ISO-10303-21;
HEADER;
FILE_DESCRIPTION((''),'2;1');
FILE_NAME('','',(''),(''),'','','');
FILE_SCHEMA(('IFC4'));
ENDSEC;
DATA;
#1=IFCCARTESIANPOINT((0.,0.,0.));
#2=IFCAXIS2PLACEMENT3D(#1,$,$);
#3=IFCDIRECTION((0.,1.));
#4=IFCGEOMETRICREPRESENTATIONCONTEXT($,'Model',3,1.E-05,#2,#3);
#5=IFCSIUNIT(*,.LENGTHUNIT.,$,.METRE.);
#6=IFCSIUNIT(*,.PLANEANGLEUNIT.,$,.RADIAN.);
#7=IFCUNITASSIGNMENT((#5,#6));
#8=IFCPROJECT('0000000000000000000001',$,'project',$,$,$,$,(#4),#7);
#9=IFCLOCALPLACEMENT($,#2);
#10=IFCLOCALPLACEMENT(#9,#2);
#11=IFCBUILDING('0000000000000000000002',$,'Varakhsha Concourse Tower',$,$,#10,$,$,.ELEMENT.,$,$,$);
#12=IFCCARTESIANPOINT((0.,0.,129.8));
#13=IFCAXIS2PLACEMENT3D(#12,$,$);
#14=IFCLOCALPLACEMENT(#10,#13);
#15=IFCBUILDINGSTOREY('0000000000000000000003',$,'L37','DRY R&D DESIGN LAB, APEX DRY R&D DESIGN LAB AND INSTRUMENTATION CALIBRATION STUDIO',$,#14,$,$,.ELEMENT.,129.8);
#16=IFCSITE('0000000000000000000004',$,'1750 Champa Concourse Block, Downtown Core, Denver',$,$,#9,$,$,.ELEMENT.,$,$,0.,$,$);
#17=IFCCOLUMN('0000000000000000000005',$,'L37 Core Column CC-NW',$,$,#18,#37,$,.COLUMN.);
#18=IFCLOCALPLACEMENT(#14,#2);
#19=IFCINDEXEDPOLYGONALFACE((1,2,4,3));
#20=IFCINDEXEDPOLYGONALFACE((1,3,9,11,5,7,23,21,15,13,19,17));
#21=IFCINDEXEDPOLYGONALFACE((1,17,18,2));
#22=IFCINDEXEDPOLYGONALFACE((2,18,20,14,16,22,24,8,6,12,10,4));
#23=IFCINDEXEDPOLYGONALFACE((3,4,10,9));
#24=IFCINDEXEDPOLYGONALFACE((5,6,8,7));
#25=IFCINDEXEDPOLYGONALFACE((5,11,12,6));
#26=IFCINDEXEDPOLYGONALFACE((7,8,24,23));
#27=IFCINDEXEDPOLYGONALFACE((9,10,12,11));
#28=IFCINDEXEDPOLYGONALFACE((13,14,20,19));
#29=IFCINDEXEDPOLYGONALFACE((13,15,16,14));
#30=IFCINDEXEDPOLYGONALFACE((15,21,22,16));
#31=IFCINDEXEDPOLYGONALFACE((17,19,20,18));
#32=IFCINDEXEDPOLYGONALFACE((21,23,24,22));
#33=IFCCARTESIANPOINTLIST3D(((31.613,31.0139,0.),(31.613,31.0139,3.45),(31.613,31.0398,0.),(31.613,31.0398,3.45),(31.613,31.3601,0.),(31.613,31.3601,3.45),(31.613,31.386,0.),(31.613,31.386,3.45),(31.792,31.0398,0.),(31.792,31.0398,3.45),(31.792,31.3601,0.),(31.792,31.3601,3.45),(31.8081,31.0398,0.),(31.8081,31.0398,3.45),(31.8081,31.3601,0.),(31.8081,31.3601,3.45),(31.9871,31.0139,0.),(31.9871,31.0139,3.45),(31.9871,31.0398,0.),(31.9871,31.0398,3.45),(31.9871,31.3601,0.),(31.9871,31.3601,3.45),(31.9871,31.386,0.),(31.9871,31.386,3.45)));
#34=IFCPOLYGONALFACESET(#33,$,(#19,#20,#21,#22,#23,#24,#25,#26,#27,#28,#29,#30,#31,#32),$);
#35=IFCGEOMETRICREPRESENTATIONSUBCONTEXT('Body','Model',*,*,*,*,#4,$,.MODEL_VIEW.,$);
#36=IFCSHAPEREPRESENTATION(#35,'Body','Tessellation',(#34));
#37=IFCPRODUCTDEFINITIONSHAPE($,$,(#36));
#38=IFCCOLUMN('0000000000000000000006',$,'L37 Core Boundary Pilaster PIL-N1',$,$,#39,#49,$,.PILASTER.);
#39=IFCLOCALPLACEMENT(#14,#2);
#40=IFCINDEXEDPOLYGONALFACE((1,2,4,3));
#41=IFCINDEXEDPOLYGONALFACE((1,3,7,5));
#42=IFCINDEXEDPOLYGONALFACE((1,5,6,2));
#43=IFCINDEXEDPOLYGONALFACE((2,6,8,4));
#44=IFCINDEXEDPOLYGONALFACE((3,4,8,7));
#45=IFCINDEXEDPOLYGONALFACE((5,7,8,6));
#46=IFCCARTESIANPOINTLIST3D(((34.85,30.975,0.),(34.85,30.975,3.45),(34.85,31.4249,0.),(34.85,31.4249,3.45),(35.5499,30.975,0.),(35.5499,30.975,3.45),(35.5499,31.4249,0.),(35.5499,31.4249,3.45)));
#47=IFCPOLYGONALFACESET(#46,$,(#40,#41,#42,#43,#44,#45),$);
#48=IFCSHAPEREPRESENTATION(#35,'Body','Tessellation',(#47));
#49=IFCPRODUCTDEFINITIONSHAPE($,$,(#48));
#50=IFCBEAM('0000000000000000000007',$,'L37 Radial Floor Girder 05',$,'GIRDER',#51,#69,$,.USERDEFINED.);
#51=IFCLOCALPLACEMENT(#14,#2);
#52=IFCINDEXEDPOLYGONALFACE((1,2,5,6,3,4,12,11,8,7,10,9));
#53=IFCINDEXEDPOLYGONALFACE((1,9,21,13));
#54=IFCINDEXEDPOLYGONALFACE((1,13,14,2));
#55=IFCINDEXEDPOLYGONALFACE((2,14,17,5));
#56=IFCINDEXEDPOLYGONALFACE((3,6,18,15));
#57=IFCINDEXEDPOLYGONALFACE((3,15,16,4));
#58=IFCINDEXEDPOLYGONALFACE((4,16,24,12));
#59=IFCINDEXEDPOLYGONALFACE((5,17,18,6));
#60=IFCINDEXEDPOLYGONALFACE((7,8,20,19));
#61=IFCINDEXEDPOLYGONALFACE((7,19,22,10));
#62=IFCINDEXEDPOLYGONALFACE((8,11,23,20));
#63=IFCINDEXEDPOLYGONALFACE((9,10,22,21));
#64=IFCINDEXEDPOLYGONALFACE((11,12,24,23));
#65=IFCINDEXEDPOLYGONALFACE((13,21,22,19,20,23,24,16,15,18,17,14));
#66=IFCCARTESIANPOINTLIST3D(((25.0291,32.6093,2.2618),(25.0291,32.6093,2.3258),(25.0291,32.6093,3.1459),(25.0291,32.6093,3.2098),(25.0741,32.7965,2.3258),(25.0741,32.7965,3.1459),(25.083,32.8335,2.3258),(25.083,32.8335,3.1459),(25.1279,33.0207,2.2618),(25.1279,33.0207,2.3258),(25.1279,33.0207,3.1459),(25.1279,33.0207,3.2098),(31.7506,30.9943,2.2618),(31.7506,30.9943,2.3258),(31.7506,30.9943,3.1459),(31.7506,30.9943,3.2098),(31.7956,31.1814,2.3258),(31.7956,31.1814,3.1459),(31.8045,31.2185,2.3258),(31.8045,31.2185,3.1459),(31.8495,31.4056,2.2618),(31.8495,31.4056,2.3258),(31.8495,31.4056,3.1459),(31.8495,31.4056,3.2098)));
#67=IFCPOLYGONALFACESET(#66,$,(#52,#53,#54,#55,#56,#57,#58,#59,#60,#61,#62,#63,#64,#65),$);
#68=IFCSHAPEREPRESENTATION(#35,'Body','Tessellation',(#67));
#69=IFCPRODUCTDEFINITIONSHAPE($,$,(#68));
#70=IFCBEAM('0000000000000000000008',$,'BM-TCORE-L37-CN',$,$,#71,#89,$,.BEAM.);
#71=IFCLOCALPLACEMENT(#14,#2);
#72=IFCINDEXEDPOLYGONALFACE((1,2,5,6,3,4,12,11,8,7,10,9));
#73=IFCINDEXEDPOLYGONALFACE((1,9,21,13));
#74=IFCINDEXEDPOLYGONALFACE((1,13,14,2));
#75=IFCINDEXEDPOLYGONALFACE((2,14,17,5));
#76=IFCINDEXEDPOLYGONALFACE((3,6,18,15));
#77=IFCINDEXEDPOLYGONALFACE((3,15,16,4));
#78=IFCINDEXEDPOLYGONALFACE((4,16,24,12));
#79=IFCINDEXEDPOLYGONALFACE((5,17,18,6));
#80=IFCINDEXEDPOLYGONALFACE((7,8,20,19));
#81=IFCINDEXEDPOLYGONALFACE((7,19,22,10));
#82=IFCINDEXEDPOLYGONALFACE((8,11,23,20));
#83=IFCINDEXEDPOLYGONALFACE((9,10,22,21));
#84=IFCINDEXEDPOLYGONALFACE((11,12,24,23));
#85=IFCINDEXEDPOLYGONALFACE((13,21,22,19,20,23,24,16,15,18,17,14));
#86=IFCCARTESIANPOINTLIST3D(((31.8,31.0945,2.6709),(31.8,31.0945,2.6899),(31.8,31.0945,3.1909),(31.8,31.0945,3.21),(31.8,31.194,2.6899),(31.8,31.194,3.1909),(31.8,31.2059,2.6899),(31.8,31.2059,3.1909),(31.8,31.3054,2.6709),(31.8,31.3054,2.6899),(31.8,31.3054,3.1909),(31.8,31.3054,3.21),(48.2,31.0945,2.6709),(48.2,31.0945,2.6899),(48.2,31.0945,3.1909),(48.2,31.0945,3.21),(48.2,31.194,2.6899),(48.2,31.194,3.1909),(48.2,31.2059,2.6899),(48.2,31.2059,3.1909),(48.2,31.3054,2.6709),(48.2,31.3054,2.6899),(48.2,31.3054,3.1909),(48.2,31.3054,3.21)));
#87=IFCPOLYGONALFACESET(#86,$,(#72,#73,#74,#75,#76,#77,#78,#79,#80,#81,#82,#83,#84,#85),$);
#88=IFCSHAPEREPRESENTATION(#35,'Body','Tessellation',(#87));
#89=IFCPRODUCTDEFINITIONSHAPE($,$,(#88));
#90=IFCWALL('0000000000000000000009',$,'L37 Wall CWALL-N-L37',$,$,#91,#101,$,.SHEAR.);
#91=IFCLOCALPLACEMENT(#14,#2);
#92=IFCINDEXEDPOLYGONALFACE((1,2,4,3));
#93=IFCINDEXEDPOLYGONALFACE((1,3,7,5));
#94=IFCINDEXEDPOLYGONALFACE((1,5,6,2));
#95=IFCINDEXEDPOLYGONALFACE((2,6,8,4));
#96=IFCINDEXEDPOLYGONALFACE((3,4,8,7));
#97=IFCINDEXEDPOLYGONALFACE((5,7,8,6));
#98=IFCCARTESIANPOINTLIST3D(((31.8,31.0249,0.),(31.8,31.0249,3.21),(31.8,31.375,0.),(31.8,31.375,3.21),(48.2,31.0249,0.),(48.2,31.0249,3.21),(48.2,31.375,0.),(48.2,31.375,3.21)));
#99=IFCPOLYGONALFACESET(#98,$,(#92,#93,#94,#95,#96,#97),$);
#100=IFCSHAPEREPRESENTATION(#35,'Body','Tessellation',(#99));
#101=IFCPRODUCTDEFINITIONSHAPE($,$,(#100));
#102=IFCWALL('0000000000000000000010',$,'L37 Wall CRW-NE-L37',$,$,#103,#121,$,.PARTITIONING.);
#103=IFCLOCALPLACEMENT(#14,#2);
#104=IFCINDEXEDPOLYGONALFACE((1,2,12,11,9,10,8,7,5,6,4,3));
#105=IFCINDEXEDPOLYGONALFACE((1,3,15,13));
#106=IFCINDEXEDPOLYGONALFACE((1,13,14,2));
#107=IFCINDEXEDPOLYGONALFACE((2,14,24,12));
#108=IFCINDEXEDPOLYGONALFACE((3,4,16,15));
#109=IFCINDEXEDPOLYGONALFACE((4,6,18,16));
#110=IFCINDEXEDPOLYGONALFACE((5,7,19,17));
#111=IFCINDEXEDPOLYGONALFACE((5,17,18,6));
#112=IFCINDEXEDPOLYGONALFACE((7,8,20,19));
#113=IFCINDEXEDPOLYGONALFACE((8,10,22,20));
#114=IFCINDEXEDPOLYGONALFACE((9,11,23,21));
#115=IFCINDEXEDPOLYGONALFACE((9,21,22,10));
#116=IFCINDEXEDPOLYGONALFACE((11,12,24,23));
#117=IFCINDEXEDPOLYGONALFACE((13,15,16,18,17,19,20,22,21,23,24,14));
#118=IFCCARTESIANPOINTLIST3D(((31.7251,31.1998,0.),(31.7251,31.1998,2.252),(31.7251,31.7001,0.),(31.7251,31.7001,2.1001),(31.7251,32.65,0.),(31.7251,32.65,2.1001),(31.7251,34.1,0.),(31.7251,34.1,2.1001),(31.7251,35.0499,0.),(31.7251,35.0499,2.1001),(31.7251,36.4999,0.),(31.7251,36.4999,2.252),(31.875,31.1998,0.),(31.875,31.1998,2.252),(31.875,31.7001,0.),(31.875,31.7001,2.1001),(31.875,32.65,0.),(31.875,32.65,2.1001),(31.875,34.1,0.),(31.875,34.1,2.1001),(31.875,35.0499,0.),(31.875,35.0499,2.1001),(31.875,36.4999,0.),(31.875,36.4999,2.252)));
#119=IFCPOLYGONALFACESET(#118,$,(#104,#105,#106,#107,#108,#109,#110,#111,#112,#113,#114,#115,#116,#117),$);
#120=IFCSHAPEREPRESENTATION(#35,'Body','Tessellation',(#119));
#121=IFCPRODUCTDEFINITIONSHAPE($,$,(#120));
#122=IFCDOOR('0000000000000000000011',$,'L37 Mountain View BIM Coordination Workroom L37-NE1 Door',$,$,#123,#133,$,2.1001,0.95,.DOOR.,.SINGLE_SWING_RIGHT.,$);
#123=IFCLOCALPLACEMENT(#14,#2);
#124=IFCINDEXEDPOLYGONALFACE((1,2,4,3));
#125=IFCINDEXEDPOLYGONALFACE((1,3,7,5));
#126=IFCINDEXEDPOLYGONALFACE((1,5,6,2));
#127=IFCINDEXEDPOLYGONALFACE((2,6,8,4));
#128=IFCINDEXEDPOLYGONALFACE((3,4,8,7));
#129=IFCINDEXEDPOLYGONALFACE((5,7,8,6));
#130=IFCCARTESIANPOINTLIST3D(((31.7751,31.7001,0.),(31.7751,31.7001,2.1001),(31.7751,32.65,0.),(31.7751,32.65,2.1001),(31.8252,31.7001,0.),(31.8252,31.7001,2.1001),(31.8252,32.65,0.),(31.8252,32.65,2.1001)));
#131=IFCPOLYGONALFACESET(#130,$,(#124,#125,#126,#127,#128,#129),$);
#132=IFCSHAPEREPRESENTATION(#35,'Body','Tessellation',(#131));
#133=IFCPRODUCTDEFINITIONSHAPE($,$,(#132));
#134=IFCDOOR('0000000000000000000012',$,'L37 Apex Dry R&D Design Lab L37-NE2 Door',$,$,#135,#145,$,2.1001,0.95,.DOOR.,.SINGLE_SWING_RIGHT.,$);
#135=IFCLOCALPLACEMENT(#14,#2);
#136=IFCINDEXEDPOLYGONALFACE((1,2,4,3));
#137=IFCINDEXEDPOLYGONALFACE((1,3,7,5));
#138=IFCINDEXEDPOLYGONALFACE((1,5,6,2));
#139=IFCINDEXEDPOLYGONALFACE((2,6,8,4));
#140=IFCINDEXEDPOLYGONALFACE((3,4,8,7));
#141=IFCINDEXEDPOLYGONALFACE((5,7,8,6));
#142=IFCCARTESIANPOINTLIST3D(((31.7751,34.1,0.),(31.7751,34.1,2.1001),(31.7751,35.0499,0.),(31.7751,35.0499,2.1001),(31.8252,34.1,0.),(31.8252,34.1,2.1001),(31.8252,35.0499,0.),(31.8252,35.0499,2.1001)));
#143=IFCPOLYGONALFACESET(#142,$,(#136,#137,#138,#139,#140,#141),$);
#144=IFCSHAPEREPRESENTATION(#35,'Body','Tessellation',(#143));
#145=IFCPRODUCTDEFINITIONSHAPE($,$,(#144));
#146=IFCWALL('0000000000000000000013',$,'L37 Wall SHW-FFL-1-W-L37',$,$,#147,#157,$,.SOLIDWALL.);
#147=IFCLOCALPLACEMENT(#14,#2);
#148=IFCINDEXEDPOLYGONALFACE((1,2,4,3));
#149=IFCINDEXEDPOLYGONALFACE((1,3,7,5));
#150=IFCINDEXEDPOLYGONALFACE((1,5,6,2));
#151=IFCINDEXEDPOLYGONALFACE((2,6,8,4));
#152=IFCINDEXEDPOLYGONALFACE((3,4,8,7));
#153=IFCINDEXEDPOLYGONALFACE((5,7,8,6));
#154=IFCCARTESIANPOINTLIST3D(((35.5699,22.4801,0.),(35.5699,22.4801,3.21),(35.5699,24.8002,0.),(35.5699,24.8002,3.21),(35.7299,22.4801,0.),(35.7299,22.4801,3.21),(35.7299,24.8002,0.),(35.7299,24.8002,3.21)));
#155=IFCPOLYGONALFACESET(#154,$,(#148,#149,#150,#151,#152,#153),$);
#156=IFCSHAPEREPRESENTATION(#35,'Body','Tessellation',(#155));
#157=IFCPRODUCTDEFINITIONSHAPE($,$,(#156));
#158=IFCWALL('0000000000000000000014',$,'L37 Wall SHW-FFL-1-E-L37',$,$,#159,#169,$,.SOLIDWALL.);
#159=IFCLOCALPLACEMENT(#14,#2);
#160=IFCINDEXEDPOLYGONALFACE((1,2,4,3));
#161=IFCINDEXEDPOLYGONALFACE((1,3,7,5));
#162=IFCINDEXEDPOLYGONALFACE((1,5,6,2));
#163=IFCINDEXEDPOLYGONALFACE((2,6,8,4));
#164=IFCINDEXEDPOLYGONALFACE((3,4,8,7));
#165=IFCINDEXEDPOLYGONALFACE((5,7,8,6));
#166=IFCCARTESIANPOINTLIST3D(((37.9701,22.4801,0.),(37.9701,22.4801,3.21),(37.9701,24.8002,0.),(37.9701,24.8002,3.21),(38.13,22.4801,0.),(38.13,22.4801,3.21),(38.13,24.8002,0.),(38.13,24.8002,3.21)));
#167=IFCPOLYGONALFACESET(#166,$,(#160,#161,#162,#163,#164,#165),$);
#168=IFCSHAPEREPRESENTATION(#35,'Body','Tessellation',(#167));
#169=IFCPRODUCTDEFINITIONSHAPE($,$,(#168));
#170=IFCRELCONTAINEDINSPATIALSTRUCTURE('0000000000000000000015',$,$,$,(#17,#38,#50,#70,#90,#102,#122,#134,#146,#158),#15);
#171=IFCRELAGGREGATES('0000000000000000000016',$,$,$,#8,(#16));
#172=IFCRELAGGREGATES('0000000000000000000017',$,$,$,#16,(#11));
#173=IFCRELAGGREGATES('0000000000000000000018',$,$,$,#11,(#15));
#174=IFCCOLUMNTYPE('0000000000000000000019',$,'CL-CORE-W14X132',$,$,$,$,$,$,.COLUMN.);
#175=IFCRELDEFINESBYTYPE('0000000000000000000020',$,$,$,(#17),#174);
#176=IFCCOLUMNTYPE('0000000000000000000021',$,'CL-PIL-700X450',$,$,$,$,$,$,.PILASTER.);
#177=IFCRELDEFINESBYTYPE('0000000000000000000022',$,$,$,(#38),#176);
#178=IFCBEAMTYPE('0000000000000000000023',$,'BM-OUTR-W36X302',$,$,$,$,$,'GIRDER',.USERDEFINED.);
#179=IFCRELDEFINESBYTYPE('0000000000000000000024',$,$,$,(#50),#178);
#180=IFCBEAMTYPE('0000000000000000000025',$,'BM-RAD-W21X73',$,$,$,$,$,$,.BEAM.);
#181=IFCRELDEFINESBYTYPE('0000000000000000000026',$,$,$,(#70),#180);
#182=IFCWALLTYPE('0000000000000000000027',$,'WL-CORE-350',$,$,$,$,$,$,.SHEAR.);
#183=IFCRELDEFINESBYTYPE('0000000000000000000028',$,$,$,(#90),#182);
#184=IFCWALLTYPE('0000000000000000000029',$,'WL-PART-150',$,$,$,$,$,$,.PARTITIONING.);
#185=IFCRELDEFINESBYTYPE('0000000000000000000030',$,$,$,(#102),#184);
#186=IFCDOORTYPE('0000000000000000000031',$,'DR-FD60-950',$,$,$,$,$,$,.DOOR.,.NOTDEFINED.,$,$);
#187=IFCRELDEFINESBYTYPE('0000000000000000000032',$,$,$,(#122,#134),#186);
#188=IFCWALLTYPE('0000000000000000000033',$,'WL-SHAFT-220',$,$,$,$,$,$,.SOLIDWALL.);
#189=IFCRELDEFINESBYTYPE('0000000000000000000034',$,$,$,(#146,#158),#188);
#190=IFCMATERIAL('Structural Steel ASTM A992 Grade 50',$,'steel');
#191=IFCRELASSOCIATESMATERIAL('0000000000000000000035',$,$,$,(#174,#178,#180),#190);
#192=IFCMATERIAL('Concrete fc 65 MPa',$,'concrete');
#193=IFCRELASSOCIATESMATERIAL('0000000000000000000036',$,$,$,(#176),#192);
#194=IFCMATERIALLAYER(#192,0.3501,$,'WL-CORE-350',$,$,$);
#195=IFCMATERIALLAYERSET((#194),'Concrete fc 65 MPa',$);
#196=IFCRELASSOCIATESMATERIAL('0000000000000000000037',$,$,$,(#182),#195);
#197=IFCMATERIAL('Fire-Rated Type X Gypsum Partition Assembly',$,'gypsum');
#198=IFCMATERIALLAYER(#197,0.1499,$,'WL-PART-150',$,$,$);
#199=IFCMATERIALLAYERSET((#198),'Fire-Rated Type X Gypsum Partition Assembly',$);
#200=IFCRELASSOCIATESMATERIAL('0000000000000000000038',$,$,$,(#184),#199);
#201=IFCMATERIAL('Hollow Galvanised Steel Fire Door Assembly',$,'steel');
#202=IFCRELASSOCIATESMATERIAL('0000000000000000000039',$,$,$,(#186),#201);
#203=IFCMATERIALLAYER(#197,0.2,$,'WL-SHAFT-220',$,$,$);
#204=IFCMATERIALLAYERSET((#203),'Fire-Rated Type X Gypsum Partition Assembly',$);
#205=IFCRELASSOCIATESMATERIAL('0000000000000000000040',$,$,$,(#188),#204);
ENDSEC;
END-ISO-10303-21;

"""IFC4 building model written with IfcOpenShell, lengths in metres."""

from ifc_helpers import new_model, si_unit, direction, frame, frame_2d, origin, origin_2d, place, context, subcontext, project, spatial, rectangle, i_section, extrude, material, layer, layer_set, material_profile, profile_set, type_object, element, fill, save


model = new_model("IFC4")

# Units and contexts
model_context = context("Model", 3, precision=1e-05, world=origin(), true_north=direction((0.0, 1.0)))
body_context = subcontext(model_context, "Body", "Model", "MODEL_VIEW")
ifc_project = project(units=[si_unit("LENGTHUNIT", "METRE"), si_unit("PLANEANGLEUNIT", "RADIAN")], contexts=[model_context])

# Site, building, storey
site_placement = place(None, origin())
site = spatial("IfcSite", under=ifc_project, at=site_placement, Name="1750 Champa Concourse Block, Downtown Core, Denver", CompositionType="ELEMENT", RefElevation=0.0)
building_placement = place(site_placement, origin())
building = spatial("IfcBuilding", under=site, at=building_placement, Name="Varakhsha Concourse Tower", CompositionType="ELEMENT")
storey_placement = place(building_placement, frame((0.0, 0.0, 129.8)))
storey = spatial("IfcBuildingStorey", under=building, at=storey_placement, Name="L37", Description="DRY R&D DESIGN LAB, APEX DRY R&D DESIGN LAB AND INSTRUMENTATION CALIBRATION STUDIO", CompositionType="ELEMENT", Elevation=129.8)

# Columns
ifc_material_1 = material(Name="Structural Steel ASTM A992 Grade 50", Category="steel")
ifc_material_profile_1 = material_profile(ifc_material_1, i_section(OverallWidth=0.374, OverallDepth=0.3721, WebThickness=0.0161, FlangeThickness=0.0259, at=origin_2d()), Name="W14X132")
ifc_profile_set_1 = profile_set([ifc_material_profile_1], Name="Structural Steel ASTM A992 Grade 50")
column_type_1 = type_object("IfcColumnType", Name="CL-CORE-W14X132", PredefinedType="COLUMN", material=ifc_profile_set_1)
column_1_placement = place(storey_placement, frame((31.8, 31.2, 0.0), z_axis=(0.0, 0.0, 1.0), x_axis=(1.0, 0.0, 0.0)))
element("IfcColumn", 1, at=column_1_placement, inside=storey, type_object=column_type_1, Name="L37 Core Column CC-NW", PredefinedType="COLUMN", context=body_context, shape_type="SweptSolid", body=[
    extrude(i_section(OverallWidth=0.374, OverallDepth=0.3721, WebThickness=0.0161, FlangeThickness=0.0259, at=origin_2d()), origin(), (0.0, 0.0, 1.0), 3.45),
])
ifc_material_2 = material(Name="Concrete fc 65 MPa", Category="concrete")
ifc_material_profile_2 = material_profile(ifc_material_2, rectangle(XDim=0.7, YDim=0.45, at=origin_2d()), Name="RC 700x450")
ifc_profile_set_2 = profile_set([ifc_material_profile_2], Name="Concrete fc 65 MPa")
column_type_2 = type_object("IfcColumnType", Name="CL-PIL-700X450", PredefinedType="PILASTER", material=ifc_profile_set_2)
column_2_placement = place(storey_placement, frame((35.2, 31.2, 0.0), z_axis=(0.0, 0.0, 1.0), x_axis=(1.0, 0.0, 0.0)))
element("IfcColumn", 2, at=column_2_placement, inside=storey, type_object=column_type_2, Name="L37 Core Boundary Pilaster PIL-N1", PredefinedType="PILASTER", context=body_context, shape_type="SweptSolid", body=[
    extrude(rectangle(XDim=0.7, YDim=0.45, at=origin_2d()), origin(), (0.0, 0.0, 1.0), 3.45),
])

# Beams
ifc_material_profile_3 = material_profile(ifc_material_1, i_section(OverallWidth=0.4231, OverallDepth=0.948, WebThickness=0.0381, FlangeThickness=0.064, at=origin_2d()), Name="W36X302")
ifc_profile_set_3 = profile_set([ifc_material_profile_3], Name="Structural Steel ASTM A992 Grade 50")
beam_type_1 = type_object("IfcBeamType", Name="BM-OUTR-W36X302", ElementType="GIRDER", PredefinedType="USERDEFINED", material=ifc_profile_set_3)
beam_1_placement = place(storey_placement, frame((31.8, 31.2, 2.7358), z_axis=(-0.972327, 0.233625, 0.0), x_axis=(-0.233625, -0.972327, 0.0)))
element("IfcBeam", 3, at=beam_1_placement, inside=storey, type_object=beam_type_1, Name="L37 Radial Floor Girder 05", ObjectType="GIRDER", PredefinedType="USERDEFINED", context=body_context, shape_type="SweptSolid", body=[
    extrude(i_section(OverallWidth=0.4231, OverallDepth=0.948, WebThickness=0.0381, FlangeThickness=0.064, at=origin_2d()), origin(), (0.0, 0.0, 1.0), 6.9128),
])
ifc_material_profile_4 = material_profile(ifc_material_1, i_section(OverallWidth=0.2109, OverallDepth=0.5391, WebThickness=0.012, FlangeThickness=0.019, at=origin_2d()), Name="W21X73")
ifc_profile_set_4 = profile_set([ifc_material_profile_4], Name="Structural Steel ASTM A992 Grade 50")
beam_type_2 = type_object("IfcBeamType", Name="BM-RAD-W21X73", PredefinedType="BEAM", material=ifc_profile_set_4)
beam_2_placement = place(storey_placement, frame((31.8, 31.2, 2.9404), z_axis=(1.0, 0.0, 0.0), x_axis=(0.0, 1.0, 0.0)))
element("IfcBeam", 4, at=beam_2_placement, inside=storey, type_object=beam_type_2, Name="BM-TCORE-L37-CN", PredefinedType="BEAM", context=body_context, shape_type="SweptSolid", body=[
    extrude(i_section(OverallWidth=0.2109, OverallDepth=0.5391, WebThickness=0.012, FlangeThickness=0.019, at=origin_2d()), origin(), (0.0, 0.0, 1.0), 16.3999),
])

# Wall
ifc_layer_1 = layer(ifc_material_2, 0.3501, Name="WL-CORE-350")
ifc_layer_set_1 = layer_set([ifc_layer_1], Name="Concrete fc 65 MPa")
wall_type_1 = type_object("IfcWallType", Name="WL-CORE-350", PredefinedType="SHEAR", material=ifc_layer_set_1)
wall_1_placement = place(storey_placement, frame((31.8, 31.2, 0.0), z_axis=(0.0, 0.0, 1.0), x_axis=(1.0, 0.0, 0.0)))
element("IfcWall", 5, at=wall_1_placement, inside=storey, type_object=wall_type_1, Name="L37 Wall CWALL-N-L37", PredefinedType="SHEAR", context=body_context, shape_type="SweptSolid", body=[
    extrude(rectangle(XDim=16.3999, YDim=0.3501, at=frame_2d((8.2, 0.0))), origin(), (0.0, 0.0, 1.0), 3.21),
])

# Wall, openings, doors
ifc_material_3 = material(Name="Fire-Rated Type X Gypsum Partition Assembly", Category="gypsum")
ifc_layer_2 = layer(ifc_material_3, 0.1499, Name="WL-PART-150")
ifc_layer_set_2 = layer_set([ifc_layer_2], Name="Fire-Rated Type X Gypsum Partition Assembly")
wall_type_2 = type_object("IfcWallType", Name="WL-PART-150", PredefinedType="PARTITIONING", material=ifc_layer_set_2)
wall_2_placement = place(storey_placement, frame((31.8, 31.2, 0.0), z_axis=(0.0, 0.0, 1.0), x_axis=(0.0, 1.0, 0.0)))
wall_2 = element("IfcWall", 6, at=wall_2_placement, inside=storey, type_object=wall_type_2, Name="L37 Wall CRW-NE-L37", PredefinedType="PARTITIONING", context=body_context, shape_type="SweptSolid", body=[
    extrude(rectangle(XDim=5.3, YDim=0.1499, at=frame_2d((2.6499, 0.0))), origin(), (0.0, 0.0, 1.0), 2.252),
])
opening_1_placement = place(wall_2_placement, frame((0.5, 0.0, 0.0)))
opening_1 = element("IfcOpeningElement", 7, at=opening_1_placement, cuts=wall_2, PredefinedType="OPENING", context=body_context, shape_type="SweptSolid", body=[
    extrude(rectangle(XDim=0.95, YDim=2.1001, at=frame_2d((0.4751, 1.05))), frame((0.0, 0.085, 0.0), z_axis=(0.0, -1.0, 0.0), x_axis=(1.0, 0.0, 0.0)), (0.0, 0.0, 1.0), 0.1699),
])
opening_2_placement = place(wall_2_placement, frame((2.8999, 0.0, 0.0)))
opening_2 = element("IfcOpeningElement", 8, at=opening_2_placement, cuts=wall_2, PredefinedType="OPENING", context=body_context, shape_type="SweptSolid", body=[
    extrude(rectangle(XDim=0.95, YDim=2.1001, at=frame_2d((0.4751, 1.05))), frame((0.0, 0.085, 0.0), z_axis=(0.0, -1.0, 0.0), x_axis=(1.0, 0.0, 0.0)), (0.0, 0.0, 1.0), 0.1699),
])
ifc_material_4 = material(Name="Hollow Galvanised Steel Fire Door Assembly", Category="steel")
door_type_1 = type_object("IfcDoorType", Name="DR-FD60-950", OperationType="NOTDEFINED", PredefinedType="DOOR", material=ifc_material_4)
door_1_placement = place(opening_1_placement, origin())
door_1 = element("IfcDoor", 9, at=door_1_placement, inside=storey, type_object=door_type_1, Name="L37 Mountain View BIM Coordination Workroom L37-NE1 Door", OperationType="SINGLE_SWING_RIGHT", OverallHeight=2.1001, OverallWidth=0.95, PredefinedType="DOOR", context=body_context, shape_type="SweptSolid", body=[
    extrude(rectangle(XDim=0.95, YDim=2.1001, at=frame_2d((0.4751, 1.05))), frame((0.0, 0.0249, 0.0), z_axis=(0.0, -1.0, 0.0), x_axis=(1.0, 0.0, 0.0)), (0.0, 0.0, 1.0), 0.05),
])
fill(opening_1, door_1)
door_2_placement = place(opening_2_placement, origin())
door_2 = element("IfcDoor", 10, at=door_2_placement, inside=storey, type_object=door_type_1, Name="L37 Apex Dry R&D Design Lab L37-NE2 Door", OperationType="SINGLE_SWING_RIGHT", OverallHeight=2.1001, OverallWidth=0.95, PredefinedType="DOOR", context=body_context, shape_type="SweptSolid", body=[
    extrude(rectangle(XDim=0.95, YDim=2.1001, at=frame_2d((0.4751, 1.05))), frame((0.0, 0.0249, 0.0), z_axis=(0.0, -1.0, 0.0), x_axis=(1.0, 0.0, 0.0)), (0.0, 0.0, 1.0), 0.05),
])
fill(opening_2, door_2)
ifc_layer_3 = layer(ifc_material_3, 0.2, Name="WL-SHAFT-220")
ifc_layer_set_3 = layer_set([ifc_layer_3], Name="Fire-Rated Type X Gypsum Partition Assembly")
wall_type_3 = type_object("IfcWallType", Name="WL-SHAFT-220", PredefinedType="SOLIDWALL", material=ifc_layer_set_3)

# Walls
for number, where, z_axis, x_axis, name in (
    (11, (35.6499, 22.48, 0.0), (0.0, 0.0, 1.0), (0.0, 1.0, 0.0), "L37 Wall SHW-FFL-1-W-L37"),
    (12, (38.05, 22.48, 0.0), (0.0, 0.0, 1.0), (0.0, 1.0, 0.0), "L37 Wall SHW-FFL-1-E-L37"),
):
    element("IfcWall", number, at=place(storey_placement, frame(where, z_axis=z_axis, x_axis=x_axis)), inside=storey, type_object=wall_type_3, Name=name, PredefinedType="SOLIDWALL", context=body_context, shape_type="SweptSolid", body=[
        extrude(rectangle(XDim=2.3201, YDim=0.1599, at=frame_2d((1.1602, 0.0))), origin(), (0.0, 0.0, 1.0), 3.21),
    ])

save(model, "model.ifc")
